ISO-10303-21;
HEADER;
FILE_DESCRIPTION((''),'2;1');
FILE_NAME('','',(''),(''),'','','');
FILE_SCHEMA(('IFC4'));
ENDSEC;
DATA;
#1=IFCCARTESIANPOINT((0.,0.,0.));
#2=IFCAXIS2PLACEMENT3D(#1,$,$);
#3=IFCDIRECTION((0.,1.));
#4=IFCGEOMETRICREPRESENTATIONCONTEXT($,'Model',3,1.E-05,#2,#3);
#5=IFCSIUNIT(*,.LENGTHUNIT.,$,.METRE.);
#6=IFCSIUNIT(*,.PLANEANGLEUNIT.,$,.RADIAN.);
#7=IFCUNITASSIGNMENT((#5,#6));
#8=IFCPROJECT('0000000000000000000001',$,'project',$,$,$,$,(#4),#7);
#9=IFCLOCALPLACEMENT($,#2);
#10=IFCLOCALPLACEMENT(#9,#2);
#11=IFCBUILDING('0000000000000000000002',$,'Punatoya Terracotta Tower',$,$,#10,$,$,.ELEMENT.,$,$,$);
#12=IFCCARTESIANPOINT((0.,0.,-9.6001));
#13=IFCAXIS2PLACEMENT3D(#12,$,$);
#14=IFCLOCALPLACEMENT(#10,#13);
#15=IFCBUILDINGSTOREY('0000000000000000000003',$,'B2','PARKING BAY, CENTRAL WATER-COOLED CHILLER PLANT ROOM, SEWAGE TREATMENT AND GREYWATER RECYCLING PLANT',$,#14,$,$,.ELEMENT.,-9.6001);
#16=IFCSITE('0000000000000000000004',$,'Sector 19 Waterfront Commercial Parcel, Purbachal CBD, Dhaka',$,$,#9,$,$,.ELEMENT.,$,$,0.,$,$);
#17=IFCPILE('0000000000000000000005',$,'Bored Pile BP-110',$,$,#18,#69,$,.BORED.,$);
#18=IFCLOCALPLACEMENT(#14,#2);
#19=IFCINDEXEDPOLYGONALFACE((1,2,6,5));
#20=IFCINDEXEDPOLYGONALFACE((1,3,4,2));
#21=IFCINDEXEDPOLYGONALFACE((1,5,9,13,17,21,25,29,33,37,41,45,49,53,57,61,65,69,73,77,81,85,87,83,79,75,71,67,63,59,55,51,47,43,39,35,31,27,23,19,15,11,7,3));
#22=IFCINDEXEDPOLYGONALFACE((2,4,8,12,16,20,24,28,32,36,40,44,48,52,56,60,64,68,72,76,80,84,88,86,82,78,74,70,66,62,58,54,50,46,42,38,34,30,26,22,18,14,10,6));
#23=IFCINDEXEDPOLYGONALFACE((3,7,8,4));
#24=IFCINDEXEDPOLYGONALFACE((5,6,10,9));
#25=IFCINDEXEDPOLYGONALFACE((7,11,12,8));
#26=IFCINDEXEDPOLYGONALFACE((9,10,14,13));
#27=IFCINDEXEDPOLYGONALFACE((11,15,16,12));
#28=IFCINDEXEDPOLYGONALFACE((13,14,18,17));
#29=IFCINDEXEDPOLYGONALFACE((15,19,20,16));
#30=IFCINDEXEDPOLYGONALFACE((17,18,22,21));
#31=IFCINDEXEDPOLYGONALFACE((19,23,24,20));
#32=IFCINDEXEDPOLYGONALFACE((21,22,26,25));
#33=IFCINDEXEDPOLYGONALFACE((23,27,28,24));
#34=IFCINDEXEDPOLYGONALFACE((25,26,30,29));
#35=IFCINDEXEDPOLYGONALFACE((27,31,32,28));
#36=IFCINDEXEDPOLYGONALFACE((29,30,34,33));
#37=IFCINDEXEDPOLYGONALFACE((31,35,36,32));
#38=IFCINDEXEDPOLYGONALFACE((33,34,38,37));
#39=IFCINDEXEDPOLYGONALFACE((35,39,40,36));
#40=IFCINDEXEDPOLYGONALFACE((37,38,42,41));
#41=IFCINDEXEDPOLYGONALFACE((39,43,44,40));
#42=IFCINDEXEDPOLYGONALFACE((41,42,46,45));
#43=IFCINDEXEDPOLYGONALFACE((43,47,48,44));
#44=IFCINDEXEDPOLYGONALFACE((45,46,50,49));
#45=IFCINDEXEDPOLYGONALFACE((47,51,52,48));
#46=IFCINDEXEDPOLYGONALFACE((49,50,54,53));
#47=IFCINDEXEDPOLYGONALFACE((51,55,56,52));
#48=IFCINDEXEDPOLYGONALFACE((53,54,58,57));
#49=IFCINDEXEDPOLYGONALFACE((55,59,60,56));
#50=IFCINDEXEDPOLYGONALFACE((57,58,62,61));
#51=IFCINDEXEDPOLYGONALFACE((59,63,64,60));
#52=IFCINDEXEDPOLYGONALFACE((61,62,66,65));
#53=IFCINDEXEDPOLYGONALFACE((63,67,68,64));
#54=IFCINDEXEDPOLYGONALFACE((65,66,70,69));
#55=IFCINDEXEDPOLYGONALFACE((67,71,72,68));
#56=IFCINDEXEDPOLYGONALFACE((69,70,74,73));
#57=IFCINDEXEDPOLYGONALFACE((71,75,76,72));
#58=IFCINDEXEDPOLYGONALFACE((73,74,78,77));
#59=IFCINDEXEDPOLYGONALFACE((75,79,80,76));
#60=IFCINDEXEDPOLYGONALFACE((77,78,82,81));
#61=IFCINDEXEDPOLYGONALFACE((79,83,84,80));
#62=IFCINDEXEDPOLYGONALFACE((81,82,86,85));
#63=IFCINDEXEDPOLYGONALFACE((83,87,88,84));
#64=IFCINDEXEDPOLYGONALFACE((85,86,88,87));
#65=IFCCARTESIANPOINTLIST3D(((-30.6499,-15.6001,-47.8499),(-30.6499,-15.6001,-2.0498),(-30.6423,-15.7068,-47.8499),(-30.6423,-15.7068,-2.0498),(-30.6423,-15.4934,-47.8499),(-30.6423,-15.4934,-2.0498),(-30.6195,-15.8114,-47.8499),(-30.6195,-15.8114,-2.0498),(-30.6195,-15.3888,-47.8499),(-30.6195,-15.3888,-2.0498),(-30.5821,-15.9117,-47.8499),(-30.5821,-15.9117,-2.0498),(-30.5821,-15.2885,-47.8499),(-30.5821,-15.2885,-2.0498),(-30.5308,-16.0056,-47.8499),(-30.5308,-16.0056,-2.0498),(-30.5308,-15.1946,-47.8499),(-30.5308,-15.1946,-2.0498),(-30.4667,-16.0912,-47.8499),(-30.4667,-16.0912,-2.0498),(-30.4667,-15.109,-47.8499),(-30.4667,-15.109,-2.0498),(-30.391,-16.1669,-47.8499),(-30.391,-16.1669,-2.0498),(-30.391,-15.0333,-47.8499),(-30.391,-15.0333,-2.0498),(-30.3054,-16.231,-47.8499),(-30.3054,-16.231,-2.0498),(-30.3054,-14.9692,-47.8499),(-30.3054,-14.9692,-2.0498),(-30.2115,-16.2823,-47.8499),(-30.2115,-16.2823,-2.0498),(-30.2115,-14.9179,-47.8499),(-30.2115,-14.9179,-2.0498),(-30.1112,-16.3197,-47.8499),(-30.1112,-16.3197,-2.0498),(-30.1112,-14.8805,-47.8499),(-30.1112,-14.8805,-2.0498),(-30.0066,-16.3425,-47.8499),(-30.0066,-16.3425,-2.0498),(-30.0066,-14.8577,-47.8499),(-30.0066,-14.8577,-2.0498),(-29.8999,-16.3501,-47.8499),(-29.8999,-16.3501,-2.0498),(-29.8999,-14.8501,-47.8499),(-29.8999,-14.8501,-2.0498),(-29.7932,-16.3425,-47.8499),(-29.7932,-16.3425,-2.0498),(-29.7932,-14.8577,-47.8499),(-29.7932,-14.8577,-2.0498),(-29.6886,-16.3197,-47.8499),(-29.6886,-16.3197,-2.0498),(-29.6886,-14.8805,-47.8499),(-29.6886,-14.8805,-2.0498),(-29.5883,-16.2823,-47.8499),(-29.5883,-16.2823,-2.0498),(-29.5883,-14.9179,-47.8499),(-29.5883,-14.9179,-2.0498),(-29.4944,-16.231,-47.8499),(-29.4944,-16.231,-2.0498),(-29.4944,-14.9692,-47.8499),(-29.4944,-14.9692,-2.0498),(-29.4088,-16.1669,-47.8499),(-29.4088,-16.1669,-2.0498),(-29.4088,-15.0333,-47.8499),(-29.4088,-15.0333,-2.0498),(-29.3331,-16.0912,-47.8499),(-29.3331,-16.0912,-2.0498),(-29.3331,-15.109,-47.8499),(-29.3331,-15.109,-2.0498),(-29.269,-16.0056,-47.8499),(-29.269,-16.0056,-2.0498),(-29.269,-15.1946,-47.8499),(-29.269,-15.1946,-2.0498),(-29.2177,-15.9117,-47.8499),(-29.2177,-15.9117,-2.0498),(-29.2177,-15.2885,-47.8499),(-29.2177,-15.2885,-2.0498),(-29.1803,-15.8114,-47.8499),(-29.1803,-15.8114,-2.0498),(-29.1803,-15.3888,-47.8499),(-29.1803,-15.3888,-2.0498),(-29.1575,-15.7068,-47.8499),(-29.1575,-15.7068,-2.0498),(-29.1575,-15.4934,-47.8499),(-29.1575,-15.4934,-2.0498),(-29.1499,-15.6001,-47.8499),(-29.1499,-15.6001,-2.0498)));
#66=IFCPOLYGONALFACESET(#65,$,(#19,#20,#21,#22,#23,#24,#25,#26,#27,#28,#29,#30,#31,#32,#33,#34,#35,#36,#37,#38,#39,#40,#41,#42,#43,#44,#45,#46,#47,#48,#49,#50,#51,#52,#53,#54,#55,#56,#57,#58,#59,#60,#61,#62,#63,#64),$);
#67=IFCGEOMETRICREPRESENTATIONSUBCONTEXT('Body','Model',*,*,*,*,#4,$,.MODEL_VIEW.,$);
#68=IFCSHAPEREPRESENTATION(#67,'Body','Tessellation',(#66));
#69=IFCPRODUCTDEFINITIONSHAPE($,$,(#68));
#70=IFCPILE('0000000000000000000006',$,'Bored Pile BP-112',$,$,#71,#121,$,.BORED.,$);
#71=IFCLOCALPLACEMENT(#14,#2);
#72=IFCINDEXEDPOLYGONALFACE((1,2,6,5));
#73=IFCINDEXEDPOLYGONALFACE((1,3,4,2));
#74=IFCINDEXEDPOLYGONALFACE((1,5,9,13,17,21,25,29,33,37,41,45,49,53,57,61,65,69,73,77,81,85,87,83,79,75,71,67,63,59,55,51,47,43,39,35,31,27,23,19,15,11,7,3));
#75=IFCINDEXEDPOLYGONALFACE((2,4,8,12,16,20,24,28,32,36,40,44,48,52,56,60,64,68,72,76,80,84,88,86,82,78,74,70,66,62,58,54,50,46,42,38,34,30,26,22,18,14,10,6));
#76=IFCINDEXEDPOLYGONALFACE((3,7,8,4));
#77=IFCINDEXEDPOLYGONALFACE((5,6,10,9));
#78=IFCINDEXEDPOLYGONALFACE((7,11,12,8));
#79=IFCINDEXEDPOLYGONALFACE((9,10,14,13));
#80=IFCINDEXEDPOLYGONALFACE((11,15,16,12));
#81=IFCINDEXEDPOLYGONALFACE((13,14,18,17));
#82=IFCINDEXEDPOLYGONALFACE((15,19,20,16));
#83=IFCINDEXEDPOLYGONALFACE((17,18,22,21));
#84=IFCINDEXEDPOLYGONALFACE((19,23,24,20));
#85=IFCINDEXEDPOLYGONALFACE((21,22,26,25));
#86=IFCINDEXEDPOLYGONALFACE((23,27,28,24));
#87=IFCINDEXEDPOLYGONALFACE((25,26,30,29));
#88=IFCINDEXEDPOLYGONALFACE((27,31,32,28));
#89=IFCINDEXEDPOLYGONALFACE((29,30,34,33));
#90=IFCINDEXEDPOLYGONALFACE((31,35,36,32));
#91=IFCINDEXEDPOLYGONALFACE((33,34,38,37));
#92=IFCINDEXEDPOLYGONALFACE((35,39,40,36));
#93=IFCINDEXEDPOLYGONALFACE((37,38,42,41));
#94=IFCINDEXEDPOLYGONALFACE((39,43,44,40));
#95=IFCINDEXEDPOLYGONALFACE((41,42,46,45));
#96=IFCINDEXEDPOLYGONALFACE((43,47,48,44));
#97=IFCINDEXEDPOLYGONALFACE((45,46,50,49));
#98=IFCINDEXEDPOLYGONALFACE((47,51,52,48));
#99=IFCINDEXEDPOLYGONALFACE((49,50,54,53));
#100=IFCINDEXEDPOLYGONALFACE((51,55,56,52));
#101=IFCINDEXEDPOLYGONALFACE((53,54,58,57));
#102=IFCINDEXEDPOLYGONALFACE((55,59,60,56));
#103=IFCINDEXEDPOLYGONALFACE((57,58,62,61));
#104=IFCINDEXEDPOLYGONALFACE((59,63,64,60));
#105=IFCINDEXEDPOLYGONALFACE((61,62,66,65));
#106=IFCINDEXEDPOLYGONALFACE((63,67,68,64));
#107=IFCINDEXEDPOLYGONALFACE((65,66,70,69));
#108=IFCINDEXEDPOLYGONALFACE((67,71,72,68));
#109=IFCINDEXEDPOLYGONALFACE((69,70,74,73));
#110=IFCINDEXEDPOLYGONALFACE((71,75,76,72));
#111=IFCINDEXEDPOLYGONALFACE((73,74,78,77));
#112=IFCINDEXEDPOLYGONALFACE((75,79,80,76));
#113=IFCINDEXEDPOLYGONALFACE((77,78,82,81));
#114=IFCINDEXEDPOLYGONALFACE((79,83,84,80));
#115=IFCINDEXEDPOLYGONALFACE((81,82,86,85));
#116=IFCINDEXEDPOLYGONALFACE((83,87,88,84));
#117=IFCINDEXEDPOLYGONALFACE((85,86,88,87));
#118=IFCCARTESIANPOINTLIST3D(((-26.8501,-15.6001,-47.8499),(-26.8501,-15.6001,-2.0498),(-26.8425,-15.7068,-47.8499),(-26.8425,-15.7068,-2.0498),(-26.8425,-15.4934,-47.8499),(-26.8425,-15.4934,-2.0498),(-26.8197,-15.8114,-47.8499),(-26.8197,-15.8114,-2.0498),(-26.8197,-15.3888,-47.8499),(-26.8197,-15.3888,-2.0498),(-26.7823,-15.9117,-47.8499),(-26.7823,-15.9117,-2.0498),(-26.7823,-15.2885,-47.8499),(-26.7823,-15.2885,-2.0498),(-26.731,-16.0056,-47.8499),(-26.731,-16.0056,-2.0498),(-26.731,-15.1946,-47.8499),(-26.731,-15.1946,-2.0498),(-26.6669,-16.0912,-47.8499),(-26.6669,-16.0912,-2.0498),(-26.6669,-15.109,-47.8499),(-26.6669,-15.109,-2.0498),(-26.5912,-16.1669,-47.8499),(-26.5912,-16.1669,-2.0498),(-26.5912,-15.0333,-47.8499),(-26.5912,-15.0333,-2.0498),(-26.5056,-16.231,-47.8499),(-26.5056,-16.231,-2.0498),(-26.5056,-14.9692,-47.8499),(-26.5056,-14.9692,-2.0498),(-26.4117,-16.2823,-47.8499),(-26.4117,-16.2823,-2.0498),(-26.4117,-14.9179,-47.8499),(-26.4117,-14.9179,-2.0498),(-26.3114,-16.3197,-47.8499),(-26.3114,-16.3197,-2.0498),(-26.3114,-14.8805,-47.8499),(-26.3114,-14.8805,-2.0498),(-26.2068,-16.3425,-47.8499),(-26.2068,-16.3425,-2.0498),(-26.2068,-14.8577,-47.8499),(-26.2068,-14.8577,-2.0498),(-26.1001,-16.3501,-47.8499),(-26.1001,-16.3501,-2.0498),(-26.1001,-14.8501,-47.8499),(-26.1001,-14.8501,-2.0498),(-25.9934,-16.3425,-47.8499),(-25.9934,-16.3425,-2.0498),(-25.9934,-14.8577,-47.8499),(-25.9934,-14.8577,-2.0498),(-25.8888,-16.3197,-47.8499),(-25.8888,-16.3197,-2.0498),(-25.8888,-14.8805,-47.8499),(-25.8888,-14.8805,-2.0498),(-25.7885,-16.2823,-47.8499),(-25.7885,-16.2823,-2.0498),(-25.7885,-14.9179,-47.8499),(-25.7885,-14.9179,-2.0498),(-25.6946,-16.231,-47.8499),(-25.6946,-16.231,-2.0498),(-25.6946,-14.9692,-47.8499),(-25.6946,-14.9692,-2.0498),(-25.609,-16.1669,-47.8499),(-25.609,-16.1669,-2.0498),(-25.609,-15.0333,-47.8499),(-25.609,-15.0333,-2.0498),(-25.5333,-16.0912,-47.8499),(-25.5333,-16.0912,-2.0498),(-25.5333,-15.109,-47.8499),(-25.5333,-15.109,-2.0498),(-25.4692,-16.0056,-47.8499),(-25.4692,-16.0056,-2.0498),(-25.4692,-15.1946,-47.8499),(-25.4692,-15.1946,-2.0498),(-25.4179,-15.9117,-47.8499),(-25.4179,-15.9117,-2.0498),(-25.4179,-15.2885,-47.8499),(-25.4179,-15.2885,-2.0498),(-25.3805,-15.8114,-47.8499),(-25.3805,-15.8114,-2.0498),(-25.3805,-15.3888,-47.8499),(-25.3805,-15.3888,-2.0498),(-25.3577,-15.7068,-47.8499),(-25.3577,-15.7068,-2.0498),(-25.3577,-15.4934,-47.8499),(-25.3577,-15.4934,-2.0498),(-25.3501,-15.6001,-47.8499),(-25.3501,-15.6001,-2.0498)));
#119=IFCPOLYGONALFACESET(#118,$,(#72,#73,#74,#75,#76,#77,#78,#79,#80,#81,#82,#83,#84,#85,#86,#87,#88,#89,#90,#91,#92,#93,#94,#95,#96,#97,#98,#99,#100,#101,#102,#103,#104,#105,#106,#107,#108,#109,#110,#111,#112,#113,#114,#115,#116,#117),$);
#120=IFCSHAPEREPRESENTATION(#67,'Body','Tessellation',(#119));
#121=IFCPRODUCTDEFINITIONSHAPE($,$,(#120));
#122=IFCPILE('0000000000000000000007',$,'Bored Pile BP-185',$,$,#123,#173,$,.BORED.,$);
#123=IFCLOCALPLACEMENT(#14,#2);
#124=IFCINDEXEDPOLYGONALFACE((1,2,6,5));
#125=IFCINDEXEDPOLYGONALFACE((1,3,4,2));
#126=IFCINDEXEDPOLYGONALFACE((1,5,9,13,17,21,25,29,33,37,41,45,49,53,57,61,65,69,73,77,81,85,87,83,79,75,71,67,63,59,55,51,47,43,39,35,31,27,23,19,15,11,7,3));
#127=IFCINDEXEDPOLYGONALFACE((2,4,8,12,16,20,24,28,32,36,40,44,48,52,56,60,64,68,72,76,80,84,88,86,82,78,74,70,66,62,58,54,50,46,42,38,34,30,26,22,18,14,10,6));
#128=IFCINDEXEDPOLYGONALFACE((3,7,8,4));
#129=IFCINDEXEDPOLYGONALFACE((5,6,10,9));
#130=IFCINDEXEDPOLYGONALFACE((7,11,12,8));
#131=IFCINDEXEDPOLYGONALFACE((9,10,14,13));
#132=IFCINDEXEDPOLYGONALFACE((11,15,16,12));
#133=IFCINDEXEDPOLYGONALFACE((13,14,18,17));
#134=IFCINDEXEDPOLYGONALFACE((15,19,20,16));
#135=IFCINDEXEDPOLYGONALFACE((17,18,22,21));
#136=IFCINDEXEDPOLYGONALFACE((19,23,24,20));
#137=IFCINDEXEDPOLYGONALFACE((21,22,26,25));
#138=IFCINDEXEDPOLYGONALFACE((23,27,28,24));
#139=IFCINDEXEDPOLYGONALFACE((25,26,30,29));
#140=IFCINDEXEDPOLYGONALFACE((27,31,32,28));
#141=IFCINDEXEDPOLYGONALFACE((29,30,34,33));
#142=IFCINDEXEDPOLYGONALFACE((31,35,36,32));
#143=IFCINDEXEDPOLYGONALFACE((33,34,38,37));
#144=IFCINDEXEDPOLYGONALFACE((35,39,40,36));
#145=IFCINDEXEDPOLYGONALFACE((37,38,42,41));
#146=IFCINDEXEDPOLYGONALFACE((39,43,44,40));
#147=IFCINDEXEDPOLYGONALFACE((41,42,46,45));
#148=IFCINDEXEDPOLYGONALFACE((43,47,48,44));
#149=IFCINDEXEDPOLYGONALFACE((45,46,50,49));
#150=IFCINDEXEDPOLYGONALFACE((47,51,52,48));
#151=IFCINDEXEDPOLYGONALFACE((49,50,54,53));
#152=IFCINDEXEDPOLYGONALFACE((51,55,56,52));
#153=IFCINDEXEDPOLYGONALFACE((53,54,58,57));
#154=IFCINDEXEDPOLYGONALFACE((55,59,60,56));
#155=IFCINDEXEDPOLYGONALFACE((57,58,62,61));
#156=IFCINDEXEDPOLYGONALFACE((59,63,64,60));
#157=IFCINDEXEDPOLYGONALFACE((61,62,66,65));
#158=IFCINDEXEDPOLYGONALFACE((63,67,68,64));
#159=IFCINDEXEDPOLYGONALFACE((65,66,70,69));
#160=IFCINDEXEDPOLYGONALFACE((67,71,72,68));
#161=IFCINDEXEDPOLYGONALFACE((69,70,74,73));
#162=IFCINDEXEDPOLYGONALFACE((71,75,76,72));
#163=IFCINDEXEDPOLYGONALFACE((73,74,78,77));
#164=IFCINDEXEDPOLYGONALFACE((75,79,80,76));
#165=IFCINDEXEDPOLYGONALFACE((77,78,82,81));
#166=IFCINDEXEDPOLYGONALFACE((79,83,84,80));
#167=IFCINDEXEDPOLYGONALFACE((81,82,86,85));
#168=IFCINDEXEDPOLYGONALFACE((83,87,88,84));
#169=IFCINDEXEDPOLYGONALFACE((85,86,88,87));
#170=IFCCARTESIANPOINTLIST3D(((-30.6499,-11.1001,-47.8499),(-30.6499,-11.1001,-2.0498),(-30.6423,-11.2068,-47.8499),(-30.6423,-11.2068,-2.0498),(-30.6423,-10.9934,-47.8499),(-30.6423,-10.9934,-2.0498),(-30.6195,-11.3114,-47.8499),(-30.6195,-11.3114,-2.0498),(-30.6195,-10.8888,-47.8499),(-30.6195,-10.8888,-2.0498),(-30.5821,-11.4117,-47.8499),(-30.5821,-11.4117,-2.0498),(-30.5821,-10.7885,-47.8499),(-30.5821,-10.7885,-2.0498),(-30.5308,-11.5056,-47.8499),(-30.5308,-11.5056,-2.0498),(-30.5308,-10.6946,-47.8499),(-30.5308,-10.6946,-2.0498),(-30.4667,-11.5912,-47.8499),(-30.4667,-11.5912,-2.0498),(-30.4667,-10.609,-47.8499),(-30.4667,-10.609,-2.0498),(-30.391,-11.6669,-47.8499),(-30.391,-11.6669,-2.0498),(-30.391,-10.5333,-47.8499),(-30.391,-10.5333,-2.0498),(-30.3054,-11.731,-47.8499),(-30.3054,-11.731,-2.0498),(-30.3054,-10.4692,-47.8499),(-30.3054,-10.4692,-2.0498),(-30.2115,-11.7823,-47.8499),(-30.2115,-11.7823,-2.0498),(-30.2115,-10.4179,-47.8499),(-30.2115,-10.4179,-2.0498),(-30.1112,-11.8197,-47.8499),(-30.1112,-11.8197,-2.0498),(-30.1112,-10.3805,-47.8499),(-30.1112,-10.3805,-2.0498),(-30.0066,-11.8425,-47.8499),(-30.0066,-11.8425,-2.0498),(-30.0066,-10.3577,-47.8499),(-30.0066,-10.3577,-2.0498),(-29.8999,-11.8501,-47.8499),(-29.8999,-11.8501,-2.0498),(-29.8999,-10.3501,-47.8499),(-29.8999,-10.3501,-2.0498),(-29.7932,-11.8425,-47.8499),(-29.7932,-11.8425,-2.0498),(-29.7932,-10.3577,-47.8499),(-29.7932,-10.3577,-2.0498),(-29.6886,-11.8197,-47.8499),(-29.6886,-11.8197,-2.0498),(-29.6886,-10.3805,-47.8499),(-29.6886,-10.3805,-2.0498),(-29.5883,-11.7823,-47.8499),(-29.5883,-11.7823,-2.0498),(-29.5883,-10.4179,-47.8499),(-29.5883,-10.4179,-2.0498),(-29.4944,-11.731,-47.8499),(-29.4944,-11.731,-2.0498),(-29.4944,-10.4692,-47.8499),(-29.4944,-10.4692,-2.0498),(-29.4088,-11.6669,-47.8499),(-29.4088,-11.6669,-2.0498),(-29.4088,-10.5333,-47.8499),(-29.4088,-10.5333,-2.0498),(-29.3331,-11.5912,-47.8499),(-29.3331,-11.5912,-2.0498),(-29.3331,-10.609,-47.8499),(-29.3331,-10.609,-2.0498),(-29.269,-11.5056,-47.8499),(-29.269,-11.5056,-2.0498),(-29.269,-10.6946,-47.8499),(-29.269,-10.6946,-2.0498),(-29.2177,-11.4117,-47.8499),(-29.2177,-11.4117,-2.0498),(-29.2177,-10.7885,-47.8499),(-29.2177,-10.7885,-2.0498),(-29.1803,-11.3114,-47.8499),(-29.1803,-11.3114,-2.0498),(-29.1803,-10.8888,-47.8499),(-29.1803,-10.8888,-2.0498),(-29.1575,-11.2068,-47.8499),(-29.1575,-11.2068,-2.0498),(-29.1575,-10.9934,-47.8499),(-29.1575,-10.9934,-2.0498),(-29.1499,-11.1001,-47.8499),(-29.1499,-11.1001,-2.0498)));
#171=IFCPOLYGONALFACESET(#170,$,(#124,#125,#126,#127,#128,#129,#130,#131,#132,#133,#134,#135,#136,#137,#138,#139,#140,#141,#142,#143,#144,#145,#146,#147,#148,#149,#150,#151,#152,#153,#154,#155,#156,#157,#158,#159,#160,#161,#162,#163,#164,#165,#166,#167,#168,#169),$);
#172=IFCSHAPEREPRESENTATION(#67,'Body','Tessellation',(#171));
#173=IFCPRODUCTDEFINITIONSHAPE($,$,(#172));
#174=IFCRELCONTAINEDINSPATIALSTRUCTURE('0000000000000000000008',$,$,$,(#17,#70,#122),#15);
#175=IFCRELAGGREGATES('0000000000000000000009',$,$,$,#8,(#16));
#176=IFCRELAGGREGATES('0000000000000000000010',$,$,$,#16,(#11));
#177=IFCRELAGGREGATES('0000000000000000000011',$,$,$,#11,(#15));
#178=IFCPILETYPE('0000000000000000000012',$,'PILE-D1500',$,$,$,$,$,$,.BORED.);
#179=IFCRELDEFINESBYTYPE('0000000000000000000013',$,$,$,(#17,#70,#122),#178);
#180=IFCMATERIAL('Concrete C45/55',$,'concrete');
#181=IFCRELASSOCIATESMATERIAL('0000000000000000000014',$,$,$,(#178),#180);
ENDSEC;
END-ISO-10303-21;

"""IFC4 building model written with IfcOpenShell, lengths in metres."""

from ifc_helpers import new_model, si_unit, direction, frame, origin, origin_2d, place, context, subcontext, project, spatial, circle, extrude, material, material_profile, profile_set, type_object, element, save


model = new_model("IFC4")

# Units and contexts
model_context = context("Model", 3, precision=1e-05, world=origin(), true_north=direction((0.0, 1.0)))
body_context = subcontext(model_context, "Body", "Model", "MODEL_VIEW")
ifc_project = project(units=[si_unit("LENGTHUNIT", "METRE"), si_unit("PLANEANGLEUNIT", "RADIAN")], contexts=[model_context])

# Site, building, storey
site_placement = place(None, origin())
site = spatial("IfcSite", under=ifc_project, at=site_placement, Name="Sector 19 Waterfront Commercial Parcel, Purbachal CBD, Dhaka", CompositionType="ELEMENT", RefElevation=0.0)
building_placement = place(site_placement, origin())
building = spatial("IfcBuilding", under=site, at=building_placement, Name="Punatoya Terracotta Tower", CompositionType="ELEMENT")
storey_placement = place(building_placement, frame((0.0, 0.0, -9.6001)))
storey = spatial("IfcBuildingStorey", under=building, at=storey_placement, Name="B2", Description="PARKING BAY, CENTRAL WATER-COOLED CHILLER PLANT ROOM, SEWAGE TREATMENT AND GREYWATER RECYCLING PLANT", CompositionType="ELEMENT", Elevation=-9.6001)

# Shared definitions
ifc_material_1 = material(Name="Concrete C45/55", Category="concrete")

# Piles
ifc_material_profile_1 = material_profile(ifc_material_1, circle(Radius=0.75, at=origin_2d()))
ifc_profile_set_1 = profile_set([ifc_material_profile_1], Name="Concrete C45/55")
pile_type_1 = type_object("IfcPileType", Name="PILE-D1500", PredefinedType="BORED", material=ifc_profile_set_1)
for number, where, z_axis, x_axis, name in (
    (1, (-29.8999, -15.6001, -2.0498), (0.0, 0.0, -1.0), (1.0, 0.0, 0.0), "Bored Pile BP-110"),
    (2, (-26.1001, -15.6001, -2.0498), (0.0, 0.0, -1.0), (1.0, 0.0, 0.0), "Bored Pile BP-112"),
    (3, (-29.8999, -11.1001, -2.0498), (0.0, 0.0, -1.0), (1.0, 0.0, 0.0), "Bored Pile BP-185"),
):
    element("IfcPile", number, at=place(storey_placement, frame(where, z_axis=z_axis, x_axis=x_axis)), inside=storey, type_object=pile_type_1, Name=name, PredefinedType="BORED", context=body_context, shape_type="SweptSolid", body=[
        extrude(circle(Radius=0.75, at=origin_2d()), origin(), (0.0, 0.0, 1.0), 45.8),
    ])

save(model, "model.ifc")
